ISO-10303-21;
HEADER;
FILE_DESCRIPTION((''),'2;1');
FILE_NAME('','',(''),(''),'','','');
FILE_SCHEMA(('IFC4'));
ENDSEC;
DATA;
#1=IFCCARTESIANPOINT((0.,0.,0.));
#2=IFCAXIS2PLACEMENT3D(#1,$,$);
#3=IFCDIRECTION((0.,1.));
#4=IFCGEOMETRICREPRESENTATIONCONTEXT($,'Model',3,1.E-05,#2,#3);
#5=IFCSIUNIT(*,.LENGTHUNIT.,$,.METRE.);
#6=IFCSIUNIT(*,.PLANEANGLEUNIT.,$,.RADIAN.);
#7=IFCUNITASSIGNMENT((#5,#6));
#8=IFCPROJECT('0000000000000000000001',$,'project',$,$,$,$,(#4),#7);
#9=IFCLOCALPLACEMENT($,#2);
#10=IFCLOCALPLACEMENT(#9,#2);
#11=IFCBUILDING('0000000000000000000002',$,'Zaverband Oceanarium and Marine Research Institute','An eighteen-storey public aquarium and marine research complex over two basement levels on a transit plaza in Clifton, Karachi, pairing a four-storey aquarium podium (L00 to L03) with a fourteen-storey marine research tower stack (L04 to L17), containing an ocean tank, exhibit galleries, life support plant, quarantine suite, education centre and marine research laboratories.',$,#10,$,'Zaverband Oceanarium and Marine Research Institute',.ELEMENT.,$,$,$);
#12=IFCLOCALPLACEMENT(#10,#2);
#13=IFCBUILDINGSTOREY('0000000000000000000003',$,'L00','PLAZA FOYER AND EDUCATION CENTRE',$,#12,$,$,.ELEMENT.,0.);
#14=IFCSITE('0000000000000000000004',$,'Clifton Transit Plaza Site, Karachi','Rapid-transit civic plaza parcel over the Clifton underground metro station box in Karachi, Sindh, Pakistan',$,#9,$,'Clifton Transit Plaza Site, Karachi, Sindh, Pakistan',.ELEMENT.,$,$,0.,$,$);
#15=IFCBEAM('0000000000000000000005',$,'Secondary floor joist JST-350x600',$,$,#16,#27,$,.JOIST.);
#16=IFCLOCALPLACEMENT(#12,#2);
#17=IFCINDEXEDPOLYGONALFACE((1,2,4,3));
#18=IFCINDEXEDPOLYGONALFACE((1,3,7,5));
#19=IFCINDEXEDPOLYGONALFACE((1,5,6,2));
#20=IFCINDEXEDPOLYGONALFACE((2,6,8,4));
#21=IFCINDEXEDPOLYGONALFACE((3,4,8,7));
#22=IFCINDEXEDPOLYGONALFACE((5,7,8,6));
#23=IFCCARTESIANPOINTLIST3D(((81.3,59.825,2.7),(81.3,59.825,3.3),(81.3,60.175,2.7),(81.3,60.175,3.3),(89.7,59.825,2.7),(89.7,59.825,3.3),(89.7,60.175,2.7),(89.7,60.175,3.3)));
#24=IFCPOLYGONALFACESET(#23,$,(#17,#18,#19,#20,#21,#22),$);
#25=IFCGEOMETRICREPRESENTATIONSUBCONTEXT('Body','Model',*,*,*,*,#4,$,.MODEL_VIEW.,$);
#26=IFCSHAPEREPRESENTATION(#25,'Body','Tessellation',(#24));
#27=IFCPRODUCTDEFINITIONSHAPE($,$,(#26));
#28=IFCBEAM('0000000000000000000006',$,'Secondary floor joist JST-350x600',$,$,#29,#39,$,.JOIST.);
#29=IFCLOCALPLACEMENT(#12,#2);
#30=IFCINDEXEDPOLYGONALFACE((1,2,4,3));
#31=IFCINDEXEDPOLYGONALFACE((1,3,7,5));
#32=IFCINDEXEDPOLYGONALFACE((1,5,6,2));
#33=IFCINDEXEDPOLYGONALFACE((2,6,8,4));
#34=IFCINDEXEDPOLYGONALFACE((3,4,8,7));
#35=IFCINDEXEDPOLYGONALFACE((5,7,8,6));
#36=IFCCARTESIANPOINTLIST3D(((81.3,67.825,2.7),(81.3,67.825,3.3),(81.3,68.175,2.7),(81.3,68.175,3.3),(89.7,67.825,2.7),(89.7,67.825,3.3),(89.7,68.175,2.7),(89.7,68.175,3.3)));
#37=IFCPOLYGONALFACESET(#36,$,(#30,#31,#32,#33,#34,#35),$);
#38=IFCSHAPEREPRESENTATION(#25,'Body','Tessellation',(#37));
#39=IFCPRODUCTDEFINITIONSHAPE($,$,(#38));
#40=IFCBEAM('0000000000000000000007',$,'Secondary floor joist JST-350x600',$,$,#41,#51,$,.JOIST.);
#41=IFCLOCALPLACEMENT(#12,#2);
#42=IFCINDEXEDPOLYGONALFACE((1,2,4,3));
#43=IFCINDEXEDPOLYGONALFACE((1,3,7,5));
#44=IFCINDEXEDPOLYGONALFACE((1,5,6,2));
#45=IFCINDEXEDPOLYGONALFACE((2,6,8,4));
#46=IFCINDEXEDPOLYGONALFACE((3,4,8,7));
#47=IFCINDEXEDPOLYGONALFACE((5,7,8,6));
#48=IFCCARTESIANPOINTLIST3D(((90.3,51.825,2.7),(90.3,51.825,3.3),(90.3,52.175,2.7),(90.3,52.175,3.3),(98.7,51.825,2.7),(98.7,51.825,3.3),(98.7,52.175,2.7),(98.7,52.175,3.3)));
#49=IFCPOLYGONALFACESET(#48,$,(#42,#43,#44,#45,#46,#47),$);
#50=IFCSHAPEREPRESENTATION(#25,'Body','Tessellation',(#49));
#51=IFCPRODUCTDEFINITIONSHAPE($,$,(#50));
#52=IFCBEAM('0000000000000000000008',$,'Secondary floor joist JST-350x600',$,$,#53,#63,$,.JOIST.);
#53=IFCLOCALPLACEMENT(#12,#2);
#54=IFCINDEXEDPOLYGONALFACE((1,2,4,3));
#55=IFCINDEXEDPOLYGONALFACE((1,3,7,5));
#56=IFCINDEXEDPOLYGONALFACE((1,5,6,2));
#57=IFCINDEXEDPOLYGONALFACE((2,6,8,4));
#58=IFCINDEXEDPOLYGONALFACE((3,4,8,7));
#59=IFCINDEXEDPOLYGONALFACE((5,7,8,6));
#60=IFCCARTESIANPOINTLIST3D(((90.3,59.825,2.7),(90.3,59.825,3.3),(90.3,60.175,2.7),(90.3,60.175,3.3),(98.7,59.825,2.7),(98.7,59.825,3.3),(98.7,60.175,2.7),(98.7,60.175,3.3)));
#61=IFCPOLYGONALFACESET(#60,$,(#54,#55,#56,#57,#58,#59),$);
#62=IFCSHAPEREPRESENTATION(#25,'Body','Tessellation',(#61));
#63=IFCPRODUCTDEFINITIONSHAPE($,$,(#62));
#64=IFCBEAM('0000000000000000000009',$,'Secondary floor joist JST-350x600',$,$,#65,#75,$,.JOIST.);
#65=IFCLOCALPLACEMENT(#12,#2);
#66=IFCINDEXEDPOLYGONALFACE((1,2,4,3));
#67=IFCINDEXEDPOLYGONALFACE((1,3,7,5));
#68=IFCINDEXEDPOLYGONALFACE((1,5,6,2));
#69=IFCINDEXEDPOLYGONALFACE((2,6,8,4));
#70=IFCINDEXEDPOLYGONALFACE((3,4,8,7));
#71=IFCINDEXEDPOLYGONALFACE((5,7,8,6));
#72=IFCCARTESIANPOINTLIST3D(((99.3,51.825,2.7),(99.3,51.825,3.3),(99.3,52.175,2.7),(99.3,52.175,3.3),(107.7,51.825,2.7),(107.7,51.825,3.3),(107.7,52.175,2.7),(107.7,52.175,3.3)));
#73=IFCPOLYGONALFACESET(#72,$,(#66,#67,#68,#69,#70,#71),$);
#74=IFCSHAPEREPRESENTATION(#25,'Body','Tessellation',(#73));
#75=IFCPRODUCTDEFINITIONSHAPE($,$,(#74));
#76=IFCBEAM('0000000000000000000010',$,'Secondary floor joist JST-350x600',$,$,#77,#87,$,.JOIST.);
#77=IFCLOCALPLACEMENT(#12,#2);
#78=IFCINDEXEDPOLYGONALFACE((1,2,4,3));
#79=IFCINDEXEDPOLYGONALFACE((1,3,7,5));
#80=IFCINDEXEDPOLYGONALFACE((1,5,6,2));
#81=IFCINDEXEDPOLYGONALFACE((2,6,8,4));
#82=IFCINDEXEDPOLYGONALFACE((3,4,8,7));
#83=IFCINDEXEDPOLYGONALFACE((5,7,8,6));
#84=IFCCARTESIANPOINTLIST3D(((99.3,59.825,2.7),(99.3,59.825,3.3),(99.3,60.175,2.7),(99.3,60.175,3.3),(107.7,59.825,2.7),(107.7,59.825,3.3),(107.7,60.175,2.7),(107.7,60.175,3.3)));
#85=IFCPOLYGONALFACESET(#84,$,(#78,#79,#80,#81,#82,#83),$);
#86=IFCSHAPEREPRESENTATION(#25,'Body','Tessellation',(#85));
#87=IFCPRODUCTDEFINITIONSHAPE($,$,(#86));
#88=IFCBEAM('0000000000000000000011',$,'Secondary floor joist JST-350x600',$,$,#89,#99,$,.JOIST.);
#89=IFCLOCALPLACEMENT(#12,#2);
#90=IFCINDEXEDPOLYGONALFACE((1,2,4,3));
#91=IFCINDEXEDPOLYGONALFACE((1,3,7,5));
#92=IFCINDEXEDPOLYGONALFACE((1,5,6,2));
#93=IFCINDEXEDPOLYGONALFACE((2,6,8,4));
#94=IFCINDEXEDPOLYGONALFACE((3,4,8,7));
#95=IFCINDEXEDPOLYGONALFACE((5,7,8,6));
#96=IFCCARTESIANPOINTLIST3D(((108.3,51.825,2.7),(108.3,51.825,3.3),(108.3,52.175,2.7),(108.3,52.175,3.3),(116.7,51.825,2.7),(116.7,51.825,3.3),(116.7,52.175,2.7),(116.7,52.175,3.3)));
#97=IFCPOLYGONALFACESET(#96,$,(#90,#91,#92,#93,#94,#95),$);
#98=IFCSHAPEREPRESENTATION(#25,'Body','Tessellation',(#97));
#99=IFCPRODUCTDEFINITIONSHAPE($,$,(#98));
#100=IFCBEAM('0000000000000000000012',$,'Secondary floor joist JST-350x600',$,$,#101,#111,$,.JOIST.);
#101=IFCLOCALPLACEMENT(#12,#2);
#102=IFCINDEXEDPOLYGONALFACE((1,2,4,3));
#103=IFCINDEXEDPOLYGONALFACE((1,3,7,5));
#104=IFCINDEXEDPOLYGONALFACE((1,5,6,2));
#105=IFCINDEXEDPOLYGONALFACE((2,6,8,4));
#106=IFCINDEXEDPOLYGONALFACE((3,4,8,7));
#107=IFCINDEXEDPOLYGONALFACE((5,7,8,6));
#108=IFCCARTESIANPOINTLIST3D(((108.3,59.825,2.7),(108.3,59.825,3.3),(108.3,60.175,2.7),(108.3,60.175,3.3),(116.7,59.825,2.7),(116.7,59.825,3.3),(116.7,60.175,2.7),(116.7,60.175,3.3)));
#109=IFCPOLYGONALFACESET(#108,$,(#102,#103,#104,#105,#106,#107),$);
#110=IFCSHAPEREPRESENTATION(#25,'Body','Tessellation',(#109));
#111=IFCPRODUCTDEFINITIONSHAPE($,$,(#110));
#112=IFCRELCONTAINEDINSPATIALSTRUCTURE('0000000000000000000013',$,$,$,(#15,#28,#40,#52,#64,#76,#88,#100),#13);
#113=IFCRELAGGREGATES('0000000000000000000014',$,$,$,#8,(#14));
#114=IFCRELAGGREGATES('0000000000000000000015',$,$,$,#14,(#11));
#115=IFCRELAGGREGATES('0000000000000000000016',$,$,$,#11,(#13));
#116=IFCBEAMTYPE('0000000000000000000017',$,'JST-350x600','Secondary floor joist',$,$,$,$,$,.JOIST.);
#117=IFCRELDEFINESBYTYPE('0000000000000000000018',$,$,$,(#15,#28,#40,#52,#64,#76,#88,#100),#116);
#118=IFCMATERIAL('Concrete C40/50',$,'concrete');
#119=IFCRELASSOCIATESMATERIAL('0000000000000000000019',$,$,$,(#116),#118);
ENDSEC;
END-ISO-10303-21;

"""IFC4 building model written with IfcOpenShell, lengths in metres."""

from ifc_helpers import new_model, si_unit, direction, frame, origin, origin_2d, place, context, subcontext, project, spatial, rectangle, extrude, material, material_profile, profile_set, type_object, element, save


model = new_model("IFC4")

# Units and contexts
model_context = context("Model", 3, precision=1e-05, world=origin(), true_north=direction((0.0, 1.0)))
body_context = subcontext(model_context, "Body", "Model", "MODEL_VIEW")
ifc_project = project(units=[si_unit("LENGTHUNIT", "METRE"), si_unit("PLANEANGLEUNIT", "RADIAN")], contexts=[model_context])

# Site, building, storey
site_placement = place(None, origin())
site = spatial("IfcSite", under=ifc_project, at=site_placement, Name="Clifton Transit Plaza Site, Karachi", Description="Rapid-transit civic plaza parcel over the Clifton underground metro station box in Karachi, Sindh, Pakistan", LongName="Clifton Transit Plaza Site, Karachi, Sindh, Pakistan", CompositionType="ELEMENT", RefElevation=0.0)
building_placement = place(site_placement, origin())
building = spatial("IfcBuilding", under=site, at=building_placement, Name="Zaverband Oceanarium and Marine Research Institute", Description="An eighteen-storey public aquarium and marine research complex over two basement levels on a transit plaza in Clifton, Karachi, pairing a four-storey aquarium podium (L00 to L03) with a fourteen-storey marine research tower stack (L04 to L17), containing an ocean tank, exhibit galleries, life support plant, quarantine suite, education centre and marine research laboratories.", LongName="Zaverband Oceanarium and Marine Research Institute", CompositionType="ELEMENT")
storey_placement = place(building_placement, origin())
storey = spatial("IfcBuildingStorey", under=building, at=storey_placement, Name="L00", Description="PLAZA FOYER AND EDUCATION CENTRE", CompositionType="ELEMENT", Elevation=0.0)

# Beams
ifc_material_1 = material(Name="Concrete C40/50", Category="concrete")
ifc_material_profile_1 = material_profile(ifc_material_1, rectangle(XDim=0.3501, YDim=0.6001, at=origin_2d()), Name="RC350x600")
ifc_profile_set_1 = profile_set([ifc_material_profile_1], Name="Concrete C40/50")
beam_type_1 = type_object("IfcBeamType", Name="JST-350x600", Description="Secondary floor joist", PredefinedType="JOIST", material=ifc_profile_set_1)
for number, where, z_axis, x_axis, name in (
    (1, (81.3, 60.0, 3.0), (1.0, 0.0, 0.0), (0.0, 1.0, 0.0), "Secondary floor joist JST-350x600"),
    (2, (81.3, 68.0, 3.0), (1.0, 0.0, 0.0), (0.0, 1.0, 0.0), "Secondary floor joist JST-350x600"),
    (3, (90.3, 52.0, 3.0), (1.0, 0.0, 0.0), (0.0, 1.0, 0.0), "Secondary floor joist JST-350x600"),
    (4, (90.3, 60.0, 3.0), (1.0, 0.0, 0.0), (0.0, 1.0, 0.0), "Secondary floor joist JST-350x600"),
    (5, (99.3, 52.0, 3.0), (1.0, 0.0, 0.0), (0.0, 1.0, 0.0), "Secondary floor joist JST-350x600"),
    (6, (99.3, 60.0, 3.0), (1.0, 0.0, 0.0), (0.0, 1.0, 0.0), "Secondary floor joist JST-350x600"),
    (7, (108.3, 52.0, 3.0), (1.0, 0.0, 0.0), (0.0, 1.0, 0.0), "Secondary floor joist JST-350x600"),
    (8, (108.3, 60.0, 3.0), (1.0, 0.0, 0.0), (0.0, 1.0, 0.0), "Secondary floor joist JST-350x600"),
):
    element("IfcBeam", number, at=place(storey_placement, frame(where, z_axis=z_axis, x_axis=x_axis)), inside=storey, type_object=beam_type_1, Name=name, PredefinedType="JOIST", context=body_context, shape_type="SweptSolid", body=[
        extrude(rectangle(XDim=0.3501, YDim=0.6001, at=origin_2d()), origin(), (0.0, 0.0, 1.0), 8.3999),
    ])

save(model, "model.ifc")
